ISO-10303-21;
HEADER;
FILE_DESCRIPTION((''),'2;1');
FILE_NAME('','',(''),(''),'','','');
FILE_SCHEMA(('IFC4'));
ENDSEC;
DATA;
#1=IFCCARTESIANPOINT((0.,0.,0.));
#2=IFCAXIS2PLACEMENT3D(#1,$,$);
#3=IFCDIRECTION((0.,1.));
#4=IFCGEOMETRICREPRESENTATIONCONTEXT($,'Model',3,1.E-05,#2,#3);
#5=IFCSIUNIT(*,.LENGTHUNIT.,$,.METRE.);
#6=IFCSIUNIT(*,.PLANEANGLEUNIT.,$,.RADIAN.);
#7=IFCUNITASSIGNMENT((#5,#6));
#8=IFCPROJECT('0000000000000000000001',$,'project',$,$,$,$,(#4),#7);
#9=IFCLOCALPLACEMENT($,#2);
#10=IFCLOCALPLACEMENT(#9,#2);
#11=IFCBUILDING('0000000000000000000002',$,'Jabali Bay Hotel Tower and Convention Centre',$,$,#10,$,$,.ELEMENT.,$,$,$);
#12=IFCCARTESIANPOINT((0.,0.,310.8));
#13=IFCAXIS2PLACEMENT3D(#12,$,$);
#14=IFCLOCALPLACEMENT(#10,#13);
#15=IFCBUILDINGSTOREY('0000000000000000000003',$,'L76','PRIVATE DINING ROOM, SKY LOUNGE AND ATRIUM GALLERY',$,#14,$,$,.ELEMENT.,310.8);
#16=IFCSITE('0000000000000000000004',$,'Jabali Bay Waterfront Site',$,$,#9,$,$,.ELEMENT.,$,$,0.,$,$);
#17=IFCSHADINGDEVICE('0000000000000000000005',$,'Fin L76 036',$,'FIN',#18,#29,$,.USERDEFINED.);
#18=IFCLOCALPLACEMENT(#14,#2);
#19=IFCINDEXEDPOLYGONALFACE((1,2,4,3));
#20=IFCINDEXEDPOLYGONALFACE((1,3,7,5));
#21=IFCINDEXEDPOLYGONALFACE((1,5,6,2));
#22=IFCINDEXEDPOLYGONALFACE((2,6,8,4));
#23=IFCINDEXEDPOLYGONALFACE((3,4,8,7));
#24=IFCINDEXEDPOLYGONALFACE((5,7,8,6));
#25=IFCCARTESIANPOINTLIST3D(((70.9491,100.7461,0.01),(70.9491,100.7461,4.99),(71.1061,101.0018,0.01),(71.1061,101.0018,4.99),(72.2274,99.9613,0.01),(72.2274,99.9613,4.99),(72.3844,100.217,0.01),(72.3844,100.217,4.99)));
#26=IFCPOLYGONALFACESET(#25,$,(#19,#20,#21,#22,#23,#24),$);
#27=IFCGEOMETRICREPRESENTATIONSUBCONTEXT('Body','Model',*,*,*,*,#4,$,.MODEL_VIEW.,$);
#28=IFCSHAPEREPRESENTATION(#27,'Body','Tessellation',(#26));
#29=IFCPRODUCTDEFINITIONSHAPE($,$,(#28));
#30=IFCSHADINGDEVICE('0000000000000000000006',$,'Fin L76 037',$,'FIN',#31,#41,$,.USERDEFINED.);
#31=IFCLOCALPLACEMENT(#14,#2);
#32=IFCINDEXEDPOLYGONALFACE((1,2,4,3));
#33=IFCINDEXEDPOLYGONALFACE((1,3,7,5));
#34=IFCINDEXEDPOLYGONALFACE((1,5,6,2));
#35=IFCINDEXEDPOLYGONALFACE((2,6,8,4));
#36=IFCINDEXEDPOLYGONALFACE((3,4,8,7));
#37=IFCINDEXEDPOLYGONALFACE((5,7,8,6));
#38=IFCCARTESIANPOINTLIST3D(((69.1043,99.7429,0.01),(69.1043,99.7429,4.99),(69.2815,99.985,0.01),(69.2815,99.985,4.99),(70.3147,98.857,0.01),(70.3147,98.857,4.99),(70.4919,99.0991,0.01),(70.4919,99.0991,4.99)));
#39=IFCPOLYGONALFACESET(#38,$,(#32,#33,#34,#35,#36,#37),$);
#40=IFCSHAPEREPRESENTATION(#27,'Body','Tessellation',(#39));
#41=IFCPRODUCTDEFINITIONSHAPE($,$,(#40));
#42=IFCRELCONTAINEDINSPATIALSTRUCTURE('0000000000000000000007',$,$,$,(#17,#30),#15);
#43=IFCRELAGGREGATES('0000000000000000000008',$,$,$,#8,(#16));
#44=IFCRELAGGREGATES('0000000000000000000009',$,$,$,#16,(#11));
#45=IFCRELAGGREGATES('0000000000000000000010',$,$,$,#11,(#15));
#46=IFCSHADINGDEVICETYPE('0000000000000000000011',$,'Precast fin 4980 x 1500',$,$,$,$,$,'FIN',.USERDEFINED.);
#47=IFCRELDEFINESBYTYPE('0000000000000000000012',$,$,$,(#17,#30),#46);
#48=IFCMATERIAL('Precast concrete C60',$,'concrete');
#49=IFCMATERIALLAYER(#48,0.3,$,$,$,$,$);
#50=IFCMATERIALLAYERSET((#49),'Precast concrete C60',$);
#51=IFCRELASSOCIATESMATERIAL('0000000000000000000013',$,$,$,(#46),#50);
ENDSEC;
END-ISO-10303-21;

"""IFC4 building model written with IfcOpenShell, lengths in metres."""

from ifc_helpers import new_model, si_unit, direction, frame, frame_2d, origin, place, context, subcontext, project, spatial, rectangle, extrude, material, layer, layer_set, type_object, element, save


model = new_model("IFC4")

# Units and contexts
model_context = context("Model", 3, precision=1e-05, world=origin(), true_north=direction((0.0, 1.0)))
body_context = subcontext(model_context, "Body", "Model", "MODEL_VIEW")
ifc_project = project(units=[si_unit("LENGTHUNIT", "METRE"), si_unit("PLANEANGLEUNIT", "RADIAN")], contexts=[model_context])

# Site, building, storey
site_placement = place(None, origin())
site = spatial("IfcSite", under=ifc_project, at=site_placement, Name="Jabali Bay Waterfront Site", CompositionType="ELEMENT", RefElevation=0.0)
building_placement = place(site_placement, origin())
building = spatial("IfcBuilding", under=site, at=building_placement, Name="Jabali Bay Hotel Tower and Convention Centre", CompositionType="ELEMENT")
storey_placement = place(building_placement, frame((0.0, 0.0, 310.8)))
storey = spatial("IfcBuildingStorey", under=building, at=storey_placement, Name="L76", Description="PRIVATE DINING ROOM, SKY LOUNGE AND ATRIUM GALLERY", CompositionType="ELEMENT", Elevation=310.8)

# Shading devices
ifc_material_1 = material(Name="Precast concrete C60", Category="concrete")
ifc_layer_1 = layer(ifc_material_1, 0.3)
ifc_layer_set_1 = layer_set([ifc_layer_1], Name="Precast concrete C60")
shading_device_type_1 = type_object("IfcShadingDeviceType", Name="Precast fin 4980 x 1500", ElementType="FIN", PredefinedType="USERDEFINED", material=ifc_layer_set_1)
for number, where, z_axis, x_axis, name in (
    (1, (72.3059, 100.0891, 0.01), (0.0, 0.0, 1.0), (-0.852178, 0.523253, 0.0), "Fin L76 036"),
    (2, (70.4033, 98.978, 0.01), (0.0, 0.0, 1.0), (-0.806938, 0.590637, 0.0), "Fin L76 037"),
):
    element("IfcShadingDevice", number, at=place(storey_placement, frame(where, z_axis=z_axis, x_axis=x_axis)), inside=storey, type_object=shading_device_type_1, Name=name, ObjectType="FIN", PredefinedType="USERDEFINED", context=body_context, shape_type="SweptSolid", body=[
        extrude(rectangle(XDim=1.5, YDim=0.3, at=frame_2d((0.75, 0.0))), origin(), (0.0, 0.0, 1.0), 4.98),
    ])

save(model, "model.ifc")
